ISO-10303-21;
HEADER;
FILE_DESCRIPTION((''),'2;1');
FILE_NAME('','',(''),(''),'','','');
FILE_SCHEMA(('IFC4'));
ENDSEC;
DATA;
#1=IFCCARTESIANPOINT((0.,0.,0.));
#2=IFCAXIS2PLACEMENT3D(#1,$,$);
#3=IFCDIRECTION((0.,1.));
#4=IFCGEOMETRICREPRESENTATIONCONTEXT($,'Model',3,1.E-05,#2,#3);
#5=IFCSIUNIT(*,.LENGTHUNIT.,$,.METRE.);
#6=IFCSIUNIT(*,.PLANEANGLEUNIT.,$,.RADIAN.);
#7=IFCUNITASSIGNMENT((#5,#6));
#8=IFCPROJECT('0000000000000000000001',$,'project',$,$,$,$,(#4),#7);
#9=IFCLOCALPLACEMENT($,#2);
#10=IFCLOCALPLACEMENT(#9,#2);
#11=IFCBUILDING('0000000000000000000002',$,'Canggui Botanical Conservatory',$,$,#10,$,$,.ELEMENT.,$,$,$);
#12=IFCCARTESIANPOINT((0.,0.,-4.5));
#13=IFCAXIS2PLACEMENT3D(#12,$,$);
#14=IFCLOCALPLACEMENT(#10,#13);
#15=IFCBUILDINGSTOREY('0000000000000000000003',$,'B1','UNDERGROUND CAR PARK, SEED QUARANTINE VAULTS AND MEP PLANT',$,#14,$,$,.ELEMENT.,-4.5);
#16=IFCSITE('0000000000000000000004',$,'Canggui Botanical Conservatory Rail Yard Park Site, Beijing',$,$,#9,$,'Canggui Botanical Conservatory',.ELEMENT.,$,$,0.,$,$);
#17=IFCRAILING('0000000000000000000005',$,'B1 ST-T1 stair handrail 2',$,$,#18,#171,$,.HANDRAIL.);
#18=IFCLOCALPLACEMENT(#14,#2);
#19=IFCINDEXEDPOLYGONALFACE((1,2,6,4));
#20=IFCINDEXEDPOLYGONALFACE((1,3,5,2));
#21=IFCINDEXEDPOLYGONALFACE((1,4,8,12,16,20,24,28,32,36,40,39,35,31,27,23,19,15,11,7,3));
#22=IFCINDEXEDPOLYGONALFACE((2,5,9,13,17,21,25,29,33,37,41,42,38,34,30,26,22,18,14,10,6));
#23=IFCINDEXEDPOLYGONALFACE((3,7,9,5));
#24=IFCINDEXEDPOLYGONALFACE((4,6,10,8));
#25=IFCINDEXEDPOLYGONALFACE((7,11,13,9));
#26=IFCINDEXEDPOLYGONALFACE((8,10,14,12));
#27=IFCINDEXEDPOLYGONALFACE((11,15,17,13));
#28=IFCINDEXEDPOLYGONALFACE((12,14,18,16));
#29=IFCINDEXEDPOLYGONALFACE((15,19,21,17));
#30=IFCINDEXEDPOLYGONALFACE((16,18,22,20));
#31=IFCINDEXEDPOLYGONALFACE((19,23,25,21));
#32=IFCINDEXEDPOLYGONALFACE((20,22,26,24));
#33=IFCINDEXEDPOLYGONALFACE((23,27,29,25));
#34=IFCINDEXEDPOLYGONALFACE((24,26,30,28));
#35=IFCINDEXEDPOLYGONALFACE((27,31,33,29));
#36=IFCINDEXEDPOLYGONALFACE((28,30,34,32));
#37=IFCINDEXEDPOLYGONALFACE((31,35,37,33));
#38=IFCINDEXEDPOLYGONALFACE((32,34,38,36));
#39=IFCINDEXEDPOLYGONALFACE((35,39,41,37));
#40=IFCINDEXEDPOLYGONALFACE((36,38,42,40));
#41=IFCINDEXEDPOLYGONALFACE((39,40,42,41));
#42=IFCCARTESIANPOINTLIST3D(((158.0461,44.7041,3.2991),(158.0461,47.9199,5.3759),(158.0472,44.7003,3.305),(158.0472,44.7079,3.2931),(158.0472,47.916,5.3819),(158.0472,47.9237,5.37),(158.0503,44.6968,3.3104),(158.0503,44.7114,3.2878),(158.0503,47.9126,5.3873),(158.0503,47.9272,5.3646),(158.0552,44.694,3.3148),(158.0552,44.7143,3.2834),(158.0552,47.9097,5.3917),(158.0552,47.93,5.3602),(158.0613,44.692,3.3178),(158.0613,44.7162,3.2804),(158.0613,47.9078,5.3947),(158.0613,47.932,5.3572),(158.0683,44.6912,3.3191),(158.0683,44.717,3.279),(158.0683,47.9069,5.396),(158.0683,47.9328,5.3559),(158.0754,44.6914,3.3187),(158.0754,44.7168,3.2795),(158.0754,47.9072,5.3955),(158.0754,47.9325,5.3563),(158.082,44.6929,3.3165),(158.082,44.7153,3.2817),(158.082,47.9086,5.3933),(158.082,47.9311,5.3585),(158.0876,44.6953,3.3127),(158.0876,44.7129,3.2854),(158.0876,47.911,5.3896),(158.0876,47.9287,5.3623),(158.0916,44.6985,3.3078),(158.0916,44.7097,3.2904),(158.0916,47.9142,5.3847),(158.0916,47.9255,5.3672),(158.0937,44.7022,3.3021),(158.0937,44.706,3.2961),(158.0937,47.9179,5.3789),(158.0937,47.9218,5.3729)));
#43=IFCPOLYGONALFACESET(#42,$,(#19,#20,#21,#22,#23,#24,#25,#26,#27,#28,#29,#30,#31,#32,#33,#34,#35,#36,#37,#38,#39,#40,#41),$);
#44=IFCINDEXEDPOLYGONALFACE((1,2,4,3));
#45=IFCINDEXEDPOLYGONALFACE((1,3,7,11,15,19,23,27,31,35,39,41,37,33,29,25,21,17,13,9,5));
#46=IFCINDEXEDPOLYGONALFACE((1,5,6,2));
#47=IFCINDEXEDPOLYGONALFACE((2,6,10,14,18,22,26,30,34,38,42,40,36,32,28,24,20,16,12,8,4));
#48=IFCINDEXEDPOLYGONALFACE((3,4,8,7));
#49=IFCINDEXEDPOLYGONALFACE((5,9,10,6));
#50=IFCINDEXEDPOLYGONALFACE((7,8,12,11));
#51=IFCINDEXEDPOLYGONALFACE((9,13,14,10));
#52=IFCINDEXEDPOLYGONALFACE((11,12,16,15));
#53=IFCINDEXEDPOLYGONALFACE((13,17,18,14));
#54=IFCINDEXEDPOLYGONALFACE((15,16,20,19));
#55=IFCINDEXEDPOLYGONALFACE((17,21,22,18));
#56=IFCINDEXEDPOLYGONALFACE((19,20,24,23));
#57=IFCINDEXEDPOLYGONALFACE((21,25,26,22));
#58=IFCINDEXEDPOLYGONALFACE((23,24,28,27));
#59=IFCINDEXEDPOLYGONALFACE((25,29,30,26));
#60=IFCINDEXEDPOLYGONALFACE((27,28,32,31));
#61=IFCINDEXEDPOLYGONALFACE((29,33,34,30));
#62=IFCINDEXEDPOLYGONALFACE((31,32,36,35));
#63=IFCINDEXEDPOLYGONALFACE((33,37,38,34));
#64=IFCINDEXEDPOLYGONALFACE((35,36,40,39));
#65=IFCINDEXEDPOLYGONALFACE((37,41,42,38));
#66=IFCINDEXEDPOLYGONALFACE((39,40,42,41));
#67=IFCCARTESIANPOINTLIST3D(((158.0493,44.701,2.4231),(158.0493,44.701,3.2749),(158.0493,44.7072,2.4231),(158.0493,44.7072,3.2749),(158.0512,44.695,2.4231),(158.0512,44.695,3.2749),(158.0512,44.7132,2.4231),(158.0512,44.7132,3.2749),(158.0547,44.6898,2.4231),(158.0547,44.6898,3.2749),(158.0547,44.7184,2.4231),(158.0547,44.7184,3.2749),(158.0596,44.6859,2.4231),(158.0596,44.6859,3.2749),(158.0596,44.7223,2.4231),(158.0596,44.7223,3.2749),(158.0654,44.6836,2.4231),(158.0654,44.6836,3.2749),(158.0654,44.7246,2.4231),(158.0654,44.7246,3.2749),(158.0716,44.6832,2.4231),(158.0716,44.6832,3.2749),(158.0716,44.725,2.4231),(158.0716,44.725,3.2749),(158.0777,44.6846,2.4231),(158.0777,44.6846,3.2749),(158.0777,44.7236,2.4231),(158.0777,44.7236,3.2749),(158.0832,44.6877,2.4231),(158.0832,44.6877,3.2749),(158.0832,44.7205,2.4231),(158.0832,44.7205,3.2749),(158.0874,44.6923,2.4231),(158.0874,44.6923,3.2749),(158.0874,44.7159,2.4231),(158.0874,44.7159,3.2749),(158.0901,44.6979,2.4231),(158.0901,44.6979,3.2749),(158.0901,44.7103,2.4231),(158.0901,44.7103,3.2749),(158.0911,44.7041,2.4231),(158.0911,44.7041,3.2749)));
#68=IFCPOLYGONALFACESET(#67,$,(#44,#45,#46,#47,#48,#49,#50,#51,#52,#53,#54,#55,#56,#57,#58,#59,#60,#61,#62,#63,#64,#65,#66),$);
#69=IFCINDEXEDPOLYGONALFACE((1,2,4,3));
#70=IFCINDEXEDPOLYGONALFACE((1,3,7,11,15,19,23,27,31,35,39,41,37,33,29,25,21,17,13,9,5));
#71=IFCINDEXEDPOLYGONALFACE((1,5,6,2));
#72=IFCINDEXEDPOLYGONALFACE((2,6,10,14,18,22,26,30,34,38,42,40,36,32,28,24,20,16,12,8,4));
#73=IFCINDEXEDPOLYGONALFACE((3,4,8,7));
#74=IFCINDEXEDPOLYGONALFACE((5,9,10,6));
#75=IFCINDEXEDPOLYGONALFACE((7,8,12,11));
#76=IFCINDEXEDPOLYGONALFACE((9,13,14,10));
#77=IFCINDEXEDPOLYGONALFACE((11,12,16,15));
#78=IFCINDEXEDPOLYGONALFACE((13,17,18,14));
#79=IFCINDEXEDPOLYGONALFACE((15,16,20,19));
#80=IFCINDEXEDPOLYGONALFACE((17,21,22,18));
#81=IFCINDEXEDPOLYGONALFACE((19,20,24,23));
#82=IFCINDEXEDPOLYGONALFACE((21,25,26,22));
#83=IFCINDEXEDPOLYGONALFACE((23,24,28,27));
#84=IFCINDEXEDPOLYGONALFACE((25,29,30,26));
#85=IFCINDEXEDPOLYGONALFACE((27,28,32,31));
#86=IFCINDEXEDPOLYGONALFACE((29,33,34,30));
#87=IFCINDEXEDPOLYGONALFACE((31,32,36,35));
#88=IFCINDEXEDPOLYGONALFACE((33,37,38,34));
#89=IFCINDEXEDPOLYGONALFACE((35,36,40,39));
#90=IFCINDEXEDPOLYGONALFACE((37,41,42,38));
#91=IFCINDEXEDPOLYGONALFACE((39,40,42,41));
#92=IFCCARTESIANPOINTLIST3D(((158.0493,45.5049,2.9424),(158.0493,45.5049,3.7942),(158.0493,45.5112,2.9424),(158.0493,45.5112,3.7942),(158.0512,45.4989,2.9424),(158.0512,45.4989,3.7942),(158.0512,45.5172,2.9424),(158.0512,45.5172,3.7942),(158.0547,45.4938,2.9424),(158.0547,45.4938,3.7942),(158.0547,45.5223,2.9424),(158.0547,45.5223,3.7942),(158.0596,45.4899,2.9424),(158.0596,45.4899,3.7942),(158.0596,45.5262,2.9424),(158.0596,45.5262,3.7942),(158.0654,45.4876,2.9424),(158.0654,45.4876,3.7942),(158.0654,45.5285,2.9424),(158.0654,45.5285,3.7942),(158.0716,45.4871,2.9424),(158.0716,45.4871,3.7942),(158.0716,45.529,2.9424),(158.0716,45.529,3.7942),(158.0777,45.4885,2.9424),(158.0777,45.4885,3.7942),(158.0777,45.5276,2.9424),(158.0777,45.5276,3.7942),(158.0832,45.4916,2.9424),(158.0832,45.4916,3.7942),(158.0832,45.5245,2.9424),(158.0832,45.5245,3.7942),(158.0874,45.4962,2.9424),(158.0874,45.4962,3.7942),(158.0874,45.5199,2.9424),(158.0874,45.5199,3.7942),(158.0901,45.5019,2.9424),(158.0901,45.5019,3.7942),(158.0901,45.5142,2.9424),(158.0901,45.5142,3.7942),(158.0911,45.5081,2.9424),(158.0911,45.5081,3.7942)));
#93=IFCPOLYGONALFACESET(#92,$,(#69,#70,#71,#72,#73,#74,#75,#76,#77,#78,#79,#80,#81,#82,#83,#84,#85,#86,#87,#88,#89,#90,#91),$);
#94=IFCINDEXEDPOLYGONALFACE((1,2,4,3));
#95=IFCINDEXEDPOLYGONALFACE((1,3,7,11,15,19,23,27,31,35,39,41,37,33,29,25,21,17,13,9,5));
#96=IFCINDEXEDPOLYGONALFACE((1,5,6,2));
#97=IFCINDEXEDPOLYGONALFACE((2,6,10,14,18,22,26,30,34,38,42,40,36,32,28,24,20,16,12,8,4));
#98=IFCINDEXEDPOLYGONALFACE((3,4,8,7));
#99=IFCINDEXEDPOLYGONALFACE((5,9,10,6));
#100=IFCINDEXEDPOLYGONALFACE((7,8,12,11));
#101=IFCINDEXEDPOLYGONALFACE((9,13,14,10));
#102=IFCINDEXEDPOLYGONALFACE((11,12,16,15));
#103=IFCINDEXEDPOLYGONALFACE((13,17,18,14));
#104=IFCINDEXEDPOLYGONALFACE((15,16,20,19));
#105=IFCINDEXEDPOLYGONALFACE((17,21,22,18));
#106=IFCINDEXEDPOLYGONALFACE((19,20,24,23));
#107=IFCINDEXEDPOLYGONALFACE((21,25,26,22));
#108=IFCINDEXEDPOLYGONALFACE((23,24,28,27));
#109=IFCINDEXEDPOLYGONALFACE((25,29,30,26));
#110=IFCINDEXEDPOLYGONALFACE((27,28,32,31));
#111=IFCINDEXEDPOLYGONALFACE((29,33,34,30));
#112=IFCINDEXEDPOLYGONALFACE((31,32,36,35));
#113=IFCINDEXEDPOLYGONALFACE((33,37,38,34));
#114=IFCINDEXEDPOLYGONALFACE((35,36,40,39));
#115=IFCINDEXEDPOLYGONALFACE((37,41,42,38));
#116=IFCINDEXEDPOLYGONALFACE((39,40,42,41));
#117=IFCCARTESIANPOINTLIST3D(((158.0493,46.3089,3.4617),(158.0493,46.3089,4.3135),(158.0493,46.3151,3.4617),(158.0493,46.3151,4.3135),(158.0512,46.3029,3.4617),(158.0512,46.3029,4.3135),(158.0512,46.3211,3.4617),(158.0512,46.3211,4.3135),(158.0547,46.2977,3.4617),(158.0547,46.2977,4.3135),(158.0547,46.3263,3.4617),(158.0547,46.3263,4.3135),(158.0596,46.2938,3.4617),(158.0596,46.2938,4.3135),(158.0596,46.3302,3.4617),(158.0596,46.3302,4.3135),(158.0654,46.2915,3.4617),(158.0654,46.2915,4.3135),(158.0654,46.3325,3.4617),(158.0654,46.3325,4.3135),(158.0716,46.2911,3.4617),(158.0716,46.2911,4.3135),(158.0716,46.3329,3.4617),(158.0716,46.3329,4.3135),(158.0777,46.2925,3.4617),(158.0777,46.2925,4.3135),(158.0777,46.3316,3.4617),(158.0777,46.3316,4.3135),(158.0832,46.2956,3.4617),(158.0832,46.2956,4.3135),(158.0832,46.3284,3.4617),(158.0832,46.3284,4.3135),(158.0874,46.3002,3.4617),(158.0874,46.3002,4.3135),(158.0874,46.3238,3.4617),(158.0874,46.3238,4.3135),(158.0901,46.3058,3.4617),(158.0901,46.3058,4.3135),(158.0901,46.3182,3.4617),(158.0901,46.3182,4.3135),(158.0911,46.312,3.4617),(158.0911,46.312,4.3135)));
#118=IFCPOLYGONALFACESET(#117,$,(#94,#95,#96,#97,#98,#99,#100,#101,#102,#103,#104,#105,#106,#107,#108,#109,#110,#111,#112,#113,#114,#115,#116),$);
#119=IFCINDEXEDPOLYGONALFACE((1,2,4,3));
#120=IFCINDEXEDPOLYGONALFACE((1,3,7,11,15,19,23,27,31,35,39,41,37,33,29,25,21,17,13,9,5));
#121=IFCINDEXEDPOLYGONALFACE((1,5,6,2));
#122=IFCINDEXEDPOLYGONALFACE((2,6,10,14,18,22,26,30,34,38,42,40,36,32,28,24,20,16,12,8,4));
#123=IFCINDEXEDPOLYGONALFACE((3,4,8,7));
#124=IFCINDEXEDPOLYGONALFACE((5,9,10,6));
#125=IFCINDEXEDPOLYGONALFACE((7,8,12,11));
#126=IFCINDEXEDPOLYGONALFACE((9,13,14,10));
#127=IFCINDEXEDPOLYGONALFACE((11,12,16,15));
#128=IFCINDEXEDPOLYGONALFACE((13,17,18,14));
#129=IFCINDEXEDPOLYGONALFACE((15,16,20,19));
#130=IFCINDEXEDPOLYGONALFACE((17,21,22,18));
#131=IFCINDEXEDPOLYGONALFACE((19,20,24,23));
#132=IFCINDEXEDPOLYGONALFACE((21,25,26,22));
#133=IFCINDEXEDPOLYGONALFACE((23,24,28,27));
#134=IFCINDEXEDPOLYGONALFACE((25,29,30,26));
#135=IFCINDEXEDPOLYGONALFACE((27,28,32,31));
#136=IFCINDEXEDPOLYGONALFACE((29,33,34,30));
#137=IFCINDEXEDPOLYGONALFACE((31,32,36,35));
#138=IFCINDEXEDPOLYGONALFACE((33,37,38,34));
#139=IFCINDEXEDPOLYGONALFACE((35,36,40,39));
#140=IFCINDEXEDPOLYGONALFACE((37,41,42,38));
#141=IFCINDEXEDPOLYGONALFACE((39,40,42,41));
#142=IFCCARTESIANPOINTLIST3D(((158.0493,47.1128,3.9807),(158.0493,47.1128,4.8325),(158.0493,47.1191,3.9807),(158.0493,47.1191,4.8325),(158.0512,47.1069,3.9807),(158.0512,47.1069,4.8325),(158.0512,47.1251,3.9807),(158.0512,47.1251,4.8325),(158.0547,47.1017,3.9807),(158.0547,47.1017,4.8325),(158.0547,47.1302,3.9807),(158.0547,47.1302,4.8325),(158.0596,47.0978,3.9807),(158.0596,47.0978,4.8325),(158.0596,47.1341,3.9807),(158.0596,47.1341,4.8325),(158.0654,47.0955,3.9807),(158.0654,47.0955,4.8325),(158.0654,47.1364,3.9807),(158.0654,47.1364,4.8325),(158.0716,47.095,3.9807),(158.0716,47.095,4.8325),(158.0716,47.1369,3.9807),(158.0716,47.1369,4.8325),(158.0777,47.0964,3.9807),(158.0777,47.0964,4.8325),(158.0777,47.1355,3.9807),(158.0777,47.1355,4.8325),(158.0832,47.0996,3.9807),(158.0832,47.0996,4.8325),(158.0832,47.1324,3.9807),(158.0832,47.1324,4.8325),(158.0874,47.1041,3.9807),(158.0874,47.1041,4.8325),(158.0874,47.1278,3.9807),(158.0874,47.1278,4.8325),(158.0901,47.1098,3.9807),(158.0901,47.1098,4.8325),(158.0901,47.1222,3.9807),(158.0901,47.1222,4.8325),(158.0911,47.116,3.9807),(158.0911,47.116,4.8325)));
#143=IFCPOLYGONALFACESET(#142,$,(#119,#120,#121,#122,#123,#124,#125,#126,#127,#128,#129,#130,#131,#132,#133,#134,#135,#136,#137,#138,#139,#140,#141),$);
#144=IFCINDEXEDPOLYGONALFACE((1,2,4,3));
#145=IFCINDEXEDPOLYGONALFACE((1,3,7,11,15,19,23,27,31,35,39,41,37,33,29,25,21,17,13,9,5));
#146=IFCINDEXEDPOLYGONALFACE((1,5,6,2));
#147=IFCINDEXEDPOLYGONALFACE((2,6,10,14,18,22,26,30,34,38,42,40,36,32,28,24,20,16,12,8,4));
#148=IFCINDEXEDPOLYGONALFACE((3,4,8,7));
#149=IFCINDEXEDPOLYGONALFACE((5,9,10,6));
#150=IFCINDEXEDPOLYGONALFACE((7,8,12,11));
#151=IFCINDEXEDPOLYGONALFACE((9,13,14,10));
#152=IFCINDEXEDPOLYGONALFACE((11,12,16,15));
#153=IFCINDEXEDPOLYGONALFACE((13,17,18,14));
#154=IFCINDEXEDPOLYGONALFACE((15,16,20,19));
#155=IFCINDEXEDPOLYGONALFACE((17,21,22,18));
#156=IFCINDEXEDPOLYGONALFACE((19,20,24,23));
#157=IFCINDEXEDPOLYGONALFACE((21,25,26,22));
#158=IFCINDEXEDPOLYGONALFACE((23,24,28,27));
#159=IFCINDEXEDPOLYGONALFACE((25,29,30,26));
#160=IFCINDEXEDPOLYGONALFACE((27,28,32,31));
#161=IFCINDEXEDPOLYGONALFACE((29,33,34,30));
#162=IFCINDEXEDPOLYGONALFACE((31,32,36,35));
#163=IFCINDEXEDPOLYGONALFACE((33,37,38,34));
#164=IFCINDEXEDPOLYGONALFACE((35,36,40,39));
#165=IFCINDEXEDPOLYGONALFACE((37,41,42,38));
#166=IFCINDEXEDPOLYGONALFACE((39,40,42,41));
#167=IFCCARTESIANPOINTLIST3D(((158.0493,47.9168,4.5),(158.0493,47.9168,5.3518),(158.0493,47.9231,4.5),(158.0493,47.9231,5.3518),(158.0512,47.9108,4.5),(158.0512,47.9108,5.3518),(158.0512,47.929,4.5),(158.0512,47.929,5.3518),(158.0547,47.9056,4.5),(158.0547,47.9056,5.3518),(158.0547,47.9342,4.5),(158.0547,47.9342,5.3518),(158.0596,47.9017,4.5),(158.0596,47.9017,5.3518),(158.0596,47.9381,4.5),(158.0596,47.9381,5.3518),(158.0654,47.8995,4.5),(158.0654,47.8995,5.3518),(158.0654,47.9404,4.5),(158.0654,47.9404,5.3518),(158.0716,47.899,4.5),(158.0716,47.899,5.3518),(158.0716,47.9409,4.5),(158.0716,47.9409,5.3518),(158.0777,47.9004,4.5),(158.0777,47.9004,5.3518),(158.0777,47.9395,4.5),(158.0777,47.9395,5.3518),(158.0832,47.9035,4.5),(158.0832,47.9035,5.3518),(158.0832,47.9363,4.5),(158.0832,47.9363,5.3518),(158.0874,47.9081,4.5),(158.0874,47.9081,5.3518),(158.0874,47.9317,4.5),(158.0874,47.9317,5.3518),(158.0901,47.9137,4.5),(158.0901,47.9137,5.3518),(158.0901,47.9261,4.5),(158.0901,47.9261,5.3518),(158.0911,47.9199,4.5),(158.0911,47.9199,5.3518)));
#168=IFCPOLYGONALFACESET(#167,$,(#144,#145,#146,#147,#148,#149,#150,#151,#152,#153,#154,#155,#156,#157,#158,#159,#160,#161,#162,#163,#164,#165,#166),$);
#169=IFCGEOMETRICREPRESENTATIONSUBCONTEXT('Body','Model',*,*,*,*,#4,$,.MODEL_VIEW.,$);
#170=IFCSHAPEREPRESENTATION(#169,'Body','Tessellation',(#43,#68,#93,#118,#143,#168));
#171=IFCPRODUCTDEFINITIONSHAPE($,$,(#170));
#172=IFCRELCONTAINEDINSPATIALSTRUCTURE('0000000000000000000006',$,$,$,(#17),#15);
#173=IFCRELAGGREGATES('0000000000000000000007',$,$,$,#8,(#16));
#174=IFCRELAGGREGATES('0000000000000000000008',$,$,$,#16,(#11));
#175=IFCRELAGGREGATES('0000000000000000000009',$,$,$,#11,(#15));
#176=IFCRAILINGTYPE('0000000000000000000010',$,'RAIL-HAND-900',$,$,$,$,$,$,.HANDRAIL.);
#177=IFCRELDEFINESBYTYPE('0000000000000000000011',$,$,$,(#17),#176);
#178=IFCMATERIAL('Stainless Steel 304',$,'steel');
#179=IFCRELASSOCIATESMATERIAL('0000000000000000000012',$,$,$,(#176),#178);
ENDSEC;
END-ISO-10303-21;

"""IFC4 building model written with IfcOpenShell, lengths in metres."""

from ifc_helpers import new_model, si_unit, direction, frame, origin, origin_2d, place, context, subcontext, project, spatial, circle, extrude, material, type_object, element, save


model = new_model("IFC4")

# Units and contexts
model_context = context("Model", 3, precision=1e-05, world=origin(), true_north=direction((0.0, 1.0)))
body_context = subcontext(model_context, "Body", "Model", "MODEL_VIEW")
ifc_project = project(units=[si_unit("LENGTHUNIT", "METRE"), si_unit("PLANEANGLEUNIT", "RADIAN")], contexts=[model_context])

# Site, building, storey
site_placement = place(None, origin())
site = spatial("IfcSite", under=ifc_project, at=site_placement, Name="Canggui Botanical Conservatory Rail Yard Park Site, Beijing", LongName="Canggui Botanical Conservatory", CompositionType="ELEMENT", RefElevation=0.0)
building_placement = place(site_placement, origin())
building = spatial("IfcBuilding", under=site, at=building_placement, Name="Canggui Botanical Conservatory", CompositionType="ELEMENT")
storey_placement = place(building_placement, frame((0.0, 0.0, -4.5)))
storey = spatial("IfcBuildingStorey", under=building, at=storey_placement, Name="B1", Description="UNDERGROUND CAR PARK, SEED QUARANTINE VAULTS AND MEP PLANT", CompositionType="ELEMENT", Elevation=-4.5)

# Shared definitions
ifc_material_1 = material(Name="Stainless Steel 304", Category="steel")

# Railing
railing_type_1 = type_object("IfcRailingType", Name="RAIL-HAND-900", PredefinedType="HANDRAIL", material=ifc_material_1)
railing_1_placement = place(storey_placement, frame((158.0701, 44.7041, 2.4231)))
element("IfcRailing", 1, at=railing_1_placement, inside=storey, type_object=railing_type_1, Name="B1 ST-T1 stair handrail 2", PredefinedType="HANDRAIL", context=body_context, shape_type="SweptSolid", body=[
    extrude(circle(Radius=0.0239, at=origin_2d()), frame((0.0, 0.0, 0.876), z_axis=(0.0, 0.840037, 0.542529), x_axis=(-1.0, 0.0, 0.0)), (0.0, 0.0, 1.0), 3.8281),
    extrude(circle(Radius=0.021, at=origin_2d()), origin(), (0.0, 0.0, 1.0), 0.8518),
    extrude(circle(Radius=0.021, at=origin_2d()), frame((0.0, 0.804, 0.5193)), (0.0, 0.0, 1.0), 0.8518),
    extrude(circle(Radius=0.021, at=origin_2d()), frame((0.0, 1.6079, 1.0386)), (0.0, 0.0, 1.0), 0.8518),
    extrude(circle(Radius=0.021, at=origin_2d()), frame((0.0, 2.4119, 1.5576)), (0.0, 0.0, 1.0), 0.8518),
    extrude(circle(Radius=0.021, at=origin_2d()), frame((0.0, 3.2158, 2.0769)), (0.0, 0.0, 1.0), 0.8518),
])

save(model, "model.ifc")
